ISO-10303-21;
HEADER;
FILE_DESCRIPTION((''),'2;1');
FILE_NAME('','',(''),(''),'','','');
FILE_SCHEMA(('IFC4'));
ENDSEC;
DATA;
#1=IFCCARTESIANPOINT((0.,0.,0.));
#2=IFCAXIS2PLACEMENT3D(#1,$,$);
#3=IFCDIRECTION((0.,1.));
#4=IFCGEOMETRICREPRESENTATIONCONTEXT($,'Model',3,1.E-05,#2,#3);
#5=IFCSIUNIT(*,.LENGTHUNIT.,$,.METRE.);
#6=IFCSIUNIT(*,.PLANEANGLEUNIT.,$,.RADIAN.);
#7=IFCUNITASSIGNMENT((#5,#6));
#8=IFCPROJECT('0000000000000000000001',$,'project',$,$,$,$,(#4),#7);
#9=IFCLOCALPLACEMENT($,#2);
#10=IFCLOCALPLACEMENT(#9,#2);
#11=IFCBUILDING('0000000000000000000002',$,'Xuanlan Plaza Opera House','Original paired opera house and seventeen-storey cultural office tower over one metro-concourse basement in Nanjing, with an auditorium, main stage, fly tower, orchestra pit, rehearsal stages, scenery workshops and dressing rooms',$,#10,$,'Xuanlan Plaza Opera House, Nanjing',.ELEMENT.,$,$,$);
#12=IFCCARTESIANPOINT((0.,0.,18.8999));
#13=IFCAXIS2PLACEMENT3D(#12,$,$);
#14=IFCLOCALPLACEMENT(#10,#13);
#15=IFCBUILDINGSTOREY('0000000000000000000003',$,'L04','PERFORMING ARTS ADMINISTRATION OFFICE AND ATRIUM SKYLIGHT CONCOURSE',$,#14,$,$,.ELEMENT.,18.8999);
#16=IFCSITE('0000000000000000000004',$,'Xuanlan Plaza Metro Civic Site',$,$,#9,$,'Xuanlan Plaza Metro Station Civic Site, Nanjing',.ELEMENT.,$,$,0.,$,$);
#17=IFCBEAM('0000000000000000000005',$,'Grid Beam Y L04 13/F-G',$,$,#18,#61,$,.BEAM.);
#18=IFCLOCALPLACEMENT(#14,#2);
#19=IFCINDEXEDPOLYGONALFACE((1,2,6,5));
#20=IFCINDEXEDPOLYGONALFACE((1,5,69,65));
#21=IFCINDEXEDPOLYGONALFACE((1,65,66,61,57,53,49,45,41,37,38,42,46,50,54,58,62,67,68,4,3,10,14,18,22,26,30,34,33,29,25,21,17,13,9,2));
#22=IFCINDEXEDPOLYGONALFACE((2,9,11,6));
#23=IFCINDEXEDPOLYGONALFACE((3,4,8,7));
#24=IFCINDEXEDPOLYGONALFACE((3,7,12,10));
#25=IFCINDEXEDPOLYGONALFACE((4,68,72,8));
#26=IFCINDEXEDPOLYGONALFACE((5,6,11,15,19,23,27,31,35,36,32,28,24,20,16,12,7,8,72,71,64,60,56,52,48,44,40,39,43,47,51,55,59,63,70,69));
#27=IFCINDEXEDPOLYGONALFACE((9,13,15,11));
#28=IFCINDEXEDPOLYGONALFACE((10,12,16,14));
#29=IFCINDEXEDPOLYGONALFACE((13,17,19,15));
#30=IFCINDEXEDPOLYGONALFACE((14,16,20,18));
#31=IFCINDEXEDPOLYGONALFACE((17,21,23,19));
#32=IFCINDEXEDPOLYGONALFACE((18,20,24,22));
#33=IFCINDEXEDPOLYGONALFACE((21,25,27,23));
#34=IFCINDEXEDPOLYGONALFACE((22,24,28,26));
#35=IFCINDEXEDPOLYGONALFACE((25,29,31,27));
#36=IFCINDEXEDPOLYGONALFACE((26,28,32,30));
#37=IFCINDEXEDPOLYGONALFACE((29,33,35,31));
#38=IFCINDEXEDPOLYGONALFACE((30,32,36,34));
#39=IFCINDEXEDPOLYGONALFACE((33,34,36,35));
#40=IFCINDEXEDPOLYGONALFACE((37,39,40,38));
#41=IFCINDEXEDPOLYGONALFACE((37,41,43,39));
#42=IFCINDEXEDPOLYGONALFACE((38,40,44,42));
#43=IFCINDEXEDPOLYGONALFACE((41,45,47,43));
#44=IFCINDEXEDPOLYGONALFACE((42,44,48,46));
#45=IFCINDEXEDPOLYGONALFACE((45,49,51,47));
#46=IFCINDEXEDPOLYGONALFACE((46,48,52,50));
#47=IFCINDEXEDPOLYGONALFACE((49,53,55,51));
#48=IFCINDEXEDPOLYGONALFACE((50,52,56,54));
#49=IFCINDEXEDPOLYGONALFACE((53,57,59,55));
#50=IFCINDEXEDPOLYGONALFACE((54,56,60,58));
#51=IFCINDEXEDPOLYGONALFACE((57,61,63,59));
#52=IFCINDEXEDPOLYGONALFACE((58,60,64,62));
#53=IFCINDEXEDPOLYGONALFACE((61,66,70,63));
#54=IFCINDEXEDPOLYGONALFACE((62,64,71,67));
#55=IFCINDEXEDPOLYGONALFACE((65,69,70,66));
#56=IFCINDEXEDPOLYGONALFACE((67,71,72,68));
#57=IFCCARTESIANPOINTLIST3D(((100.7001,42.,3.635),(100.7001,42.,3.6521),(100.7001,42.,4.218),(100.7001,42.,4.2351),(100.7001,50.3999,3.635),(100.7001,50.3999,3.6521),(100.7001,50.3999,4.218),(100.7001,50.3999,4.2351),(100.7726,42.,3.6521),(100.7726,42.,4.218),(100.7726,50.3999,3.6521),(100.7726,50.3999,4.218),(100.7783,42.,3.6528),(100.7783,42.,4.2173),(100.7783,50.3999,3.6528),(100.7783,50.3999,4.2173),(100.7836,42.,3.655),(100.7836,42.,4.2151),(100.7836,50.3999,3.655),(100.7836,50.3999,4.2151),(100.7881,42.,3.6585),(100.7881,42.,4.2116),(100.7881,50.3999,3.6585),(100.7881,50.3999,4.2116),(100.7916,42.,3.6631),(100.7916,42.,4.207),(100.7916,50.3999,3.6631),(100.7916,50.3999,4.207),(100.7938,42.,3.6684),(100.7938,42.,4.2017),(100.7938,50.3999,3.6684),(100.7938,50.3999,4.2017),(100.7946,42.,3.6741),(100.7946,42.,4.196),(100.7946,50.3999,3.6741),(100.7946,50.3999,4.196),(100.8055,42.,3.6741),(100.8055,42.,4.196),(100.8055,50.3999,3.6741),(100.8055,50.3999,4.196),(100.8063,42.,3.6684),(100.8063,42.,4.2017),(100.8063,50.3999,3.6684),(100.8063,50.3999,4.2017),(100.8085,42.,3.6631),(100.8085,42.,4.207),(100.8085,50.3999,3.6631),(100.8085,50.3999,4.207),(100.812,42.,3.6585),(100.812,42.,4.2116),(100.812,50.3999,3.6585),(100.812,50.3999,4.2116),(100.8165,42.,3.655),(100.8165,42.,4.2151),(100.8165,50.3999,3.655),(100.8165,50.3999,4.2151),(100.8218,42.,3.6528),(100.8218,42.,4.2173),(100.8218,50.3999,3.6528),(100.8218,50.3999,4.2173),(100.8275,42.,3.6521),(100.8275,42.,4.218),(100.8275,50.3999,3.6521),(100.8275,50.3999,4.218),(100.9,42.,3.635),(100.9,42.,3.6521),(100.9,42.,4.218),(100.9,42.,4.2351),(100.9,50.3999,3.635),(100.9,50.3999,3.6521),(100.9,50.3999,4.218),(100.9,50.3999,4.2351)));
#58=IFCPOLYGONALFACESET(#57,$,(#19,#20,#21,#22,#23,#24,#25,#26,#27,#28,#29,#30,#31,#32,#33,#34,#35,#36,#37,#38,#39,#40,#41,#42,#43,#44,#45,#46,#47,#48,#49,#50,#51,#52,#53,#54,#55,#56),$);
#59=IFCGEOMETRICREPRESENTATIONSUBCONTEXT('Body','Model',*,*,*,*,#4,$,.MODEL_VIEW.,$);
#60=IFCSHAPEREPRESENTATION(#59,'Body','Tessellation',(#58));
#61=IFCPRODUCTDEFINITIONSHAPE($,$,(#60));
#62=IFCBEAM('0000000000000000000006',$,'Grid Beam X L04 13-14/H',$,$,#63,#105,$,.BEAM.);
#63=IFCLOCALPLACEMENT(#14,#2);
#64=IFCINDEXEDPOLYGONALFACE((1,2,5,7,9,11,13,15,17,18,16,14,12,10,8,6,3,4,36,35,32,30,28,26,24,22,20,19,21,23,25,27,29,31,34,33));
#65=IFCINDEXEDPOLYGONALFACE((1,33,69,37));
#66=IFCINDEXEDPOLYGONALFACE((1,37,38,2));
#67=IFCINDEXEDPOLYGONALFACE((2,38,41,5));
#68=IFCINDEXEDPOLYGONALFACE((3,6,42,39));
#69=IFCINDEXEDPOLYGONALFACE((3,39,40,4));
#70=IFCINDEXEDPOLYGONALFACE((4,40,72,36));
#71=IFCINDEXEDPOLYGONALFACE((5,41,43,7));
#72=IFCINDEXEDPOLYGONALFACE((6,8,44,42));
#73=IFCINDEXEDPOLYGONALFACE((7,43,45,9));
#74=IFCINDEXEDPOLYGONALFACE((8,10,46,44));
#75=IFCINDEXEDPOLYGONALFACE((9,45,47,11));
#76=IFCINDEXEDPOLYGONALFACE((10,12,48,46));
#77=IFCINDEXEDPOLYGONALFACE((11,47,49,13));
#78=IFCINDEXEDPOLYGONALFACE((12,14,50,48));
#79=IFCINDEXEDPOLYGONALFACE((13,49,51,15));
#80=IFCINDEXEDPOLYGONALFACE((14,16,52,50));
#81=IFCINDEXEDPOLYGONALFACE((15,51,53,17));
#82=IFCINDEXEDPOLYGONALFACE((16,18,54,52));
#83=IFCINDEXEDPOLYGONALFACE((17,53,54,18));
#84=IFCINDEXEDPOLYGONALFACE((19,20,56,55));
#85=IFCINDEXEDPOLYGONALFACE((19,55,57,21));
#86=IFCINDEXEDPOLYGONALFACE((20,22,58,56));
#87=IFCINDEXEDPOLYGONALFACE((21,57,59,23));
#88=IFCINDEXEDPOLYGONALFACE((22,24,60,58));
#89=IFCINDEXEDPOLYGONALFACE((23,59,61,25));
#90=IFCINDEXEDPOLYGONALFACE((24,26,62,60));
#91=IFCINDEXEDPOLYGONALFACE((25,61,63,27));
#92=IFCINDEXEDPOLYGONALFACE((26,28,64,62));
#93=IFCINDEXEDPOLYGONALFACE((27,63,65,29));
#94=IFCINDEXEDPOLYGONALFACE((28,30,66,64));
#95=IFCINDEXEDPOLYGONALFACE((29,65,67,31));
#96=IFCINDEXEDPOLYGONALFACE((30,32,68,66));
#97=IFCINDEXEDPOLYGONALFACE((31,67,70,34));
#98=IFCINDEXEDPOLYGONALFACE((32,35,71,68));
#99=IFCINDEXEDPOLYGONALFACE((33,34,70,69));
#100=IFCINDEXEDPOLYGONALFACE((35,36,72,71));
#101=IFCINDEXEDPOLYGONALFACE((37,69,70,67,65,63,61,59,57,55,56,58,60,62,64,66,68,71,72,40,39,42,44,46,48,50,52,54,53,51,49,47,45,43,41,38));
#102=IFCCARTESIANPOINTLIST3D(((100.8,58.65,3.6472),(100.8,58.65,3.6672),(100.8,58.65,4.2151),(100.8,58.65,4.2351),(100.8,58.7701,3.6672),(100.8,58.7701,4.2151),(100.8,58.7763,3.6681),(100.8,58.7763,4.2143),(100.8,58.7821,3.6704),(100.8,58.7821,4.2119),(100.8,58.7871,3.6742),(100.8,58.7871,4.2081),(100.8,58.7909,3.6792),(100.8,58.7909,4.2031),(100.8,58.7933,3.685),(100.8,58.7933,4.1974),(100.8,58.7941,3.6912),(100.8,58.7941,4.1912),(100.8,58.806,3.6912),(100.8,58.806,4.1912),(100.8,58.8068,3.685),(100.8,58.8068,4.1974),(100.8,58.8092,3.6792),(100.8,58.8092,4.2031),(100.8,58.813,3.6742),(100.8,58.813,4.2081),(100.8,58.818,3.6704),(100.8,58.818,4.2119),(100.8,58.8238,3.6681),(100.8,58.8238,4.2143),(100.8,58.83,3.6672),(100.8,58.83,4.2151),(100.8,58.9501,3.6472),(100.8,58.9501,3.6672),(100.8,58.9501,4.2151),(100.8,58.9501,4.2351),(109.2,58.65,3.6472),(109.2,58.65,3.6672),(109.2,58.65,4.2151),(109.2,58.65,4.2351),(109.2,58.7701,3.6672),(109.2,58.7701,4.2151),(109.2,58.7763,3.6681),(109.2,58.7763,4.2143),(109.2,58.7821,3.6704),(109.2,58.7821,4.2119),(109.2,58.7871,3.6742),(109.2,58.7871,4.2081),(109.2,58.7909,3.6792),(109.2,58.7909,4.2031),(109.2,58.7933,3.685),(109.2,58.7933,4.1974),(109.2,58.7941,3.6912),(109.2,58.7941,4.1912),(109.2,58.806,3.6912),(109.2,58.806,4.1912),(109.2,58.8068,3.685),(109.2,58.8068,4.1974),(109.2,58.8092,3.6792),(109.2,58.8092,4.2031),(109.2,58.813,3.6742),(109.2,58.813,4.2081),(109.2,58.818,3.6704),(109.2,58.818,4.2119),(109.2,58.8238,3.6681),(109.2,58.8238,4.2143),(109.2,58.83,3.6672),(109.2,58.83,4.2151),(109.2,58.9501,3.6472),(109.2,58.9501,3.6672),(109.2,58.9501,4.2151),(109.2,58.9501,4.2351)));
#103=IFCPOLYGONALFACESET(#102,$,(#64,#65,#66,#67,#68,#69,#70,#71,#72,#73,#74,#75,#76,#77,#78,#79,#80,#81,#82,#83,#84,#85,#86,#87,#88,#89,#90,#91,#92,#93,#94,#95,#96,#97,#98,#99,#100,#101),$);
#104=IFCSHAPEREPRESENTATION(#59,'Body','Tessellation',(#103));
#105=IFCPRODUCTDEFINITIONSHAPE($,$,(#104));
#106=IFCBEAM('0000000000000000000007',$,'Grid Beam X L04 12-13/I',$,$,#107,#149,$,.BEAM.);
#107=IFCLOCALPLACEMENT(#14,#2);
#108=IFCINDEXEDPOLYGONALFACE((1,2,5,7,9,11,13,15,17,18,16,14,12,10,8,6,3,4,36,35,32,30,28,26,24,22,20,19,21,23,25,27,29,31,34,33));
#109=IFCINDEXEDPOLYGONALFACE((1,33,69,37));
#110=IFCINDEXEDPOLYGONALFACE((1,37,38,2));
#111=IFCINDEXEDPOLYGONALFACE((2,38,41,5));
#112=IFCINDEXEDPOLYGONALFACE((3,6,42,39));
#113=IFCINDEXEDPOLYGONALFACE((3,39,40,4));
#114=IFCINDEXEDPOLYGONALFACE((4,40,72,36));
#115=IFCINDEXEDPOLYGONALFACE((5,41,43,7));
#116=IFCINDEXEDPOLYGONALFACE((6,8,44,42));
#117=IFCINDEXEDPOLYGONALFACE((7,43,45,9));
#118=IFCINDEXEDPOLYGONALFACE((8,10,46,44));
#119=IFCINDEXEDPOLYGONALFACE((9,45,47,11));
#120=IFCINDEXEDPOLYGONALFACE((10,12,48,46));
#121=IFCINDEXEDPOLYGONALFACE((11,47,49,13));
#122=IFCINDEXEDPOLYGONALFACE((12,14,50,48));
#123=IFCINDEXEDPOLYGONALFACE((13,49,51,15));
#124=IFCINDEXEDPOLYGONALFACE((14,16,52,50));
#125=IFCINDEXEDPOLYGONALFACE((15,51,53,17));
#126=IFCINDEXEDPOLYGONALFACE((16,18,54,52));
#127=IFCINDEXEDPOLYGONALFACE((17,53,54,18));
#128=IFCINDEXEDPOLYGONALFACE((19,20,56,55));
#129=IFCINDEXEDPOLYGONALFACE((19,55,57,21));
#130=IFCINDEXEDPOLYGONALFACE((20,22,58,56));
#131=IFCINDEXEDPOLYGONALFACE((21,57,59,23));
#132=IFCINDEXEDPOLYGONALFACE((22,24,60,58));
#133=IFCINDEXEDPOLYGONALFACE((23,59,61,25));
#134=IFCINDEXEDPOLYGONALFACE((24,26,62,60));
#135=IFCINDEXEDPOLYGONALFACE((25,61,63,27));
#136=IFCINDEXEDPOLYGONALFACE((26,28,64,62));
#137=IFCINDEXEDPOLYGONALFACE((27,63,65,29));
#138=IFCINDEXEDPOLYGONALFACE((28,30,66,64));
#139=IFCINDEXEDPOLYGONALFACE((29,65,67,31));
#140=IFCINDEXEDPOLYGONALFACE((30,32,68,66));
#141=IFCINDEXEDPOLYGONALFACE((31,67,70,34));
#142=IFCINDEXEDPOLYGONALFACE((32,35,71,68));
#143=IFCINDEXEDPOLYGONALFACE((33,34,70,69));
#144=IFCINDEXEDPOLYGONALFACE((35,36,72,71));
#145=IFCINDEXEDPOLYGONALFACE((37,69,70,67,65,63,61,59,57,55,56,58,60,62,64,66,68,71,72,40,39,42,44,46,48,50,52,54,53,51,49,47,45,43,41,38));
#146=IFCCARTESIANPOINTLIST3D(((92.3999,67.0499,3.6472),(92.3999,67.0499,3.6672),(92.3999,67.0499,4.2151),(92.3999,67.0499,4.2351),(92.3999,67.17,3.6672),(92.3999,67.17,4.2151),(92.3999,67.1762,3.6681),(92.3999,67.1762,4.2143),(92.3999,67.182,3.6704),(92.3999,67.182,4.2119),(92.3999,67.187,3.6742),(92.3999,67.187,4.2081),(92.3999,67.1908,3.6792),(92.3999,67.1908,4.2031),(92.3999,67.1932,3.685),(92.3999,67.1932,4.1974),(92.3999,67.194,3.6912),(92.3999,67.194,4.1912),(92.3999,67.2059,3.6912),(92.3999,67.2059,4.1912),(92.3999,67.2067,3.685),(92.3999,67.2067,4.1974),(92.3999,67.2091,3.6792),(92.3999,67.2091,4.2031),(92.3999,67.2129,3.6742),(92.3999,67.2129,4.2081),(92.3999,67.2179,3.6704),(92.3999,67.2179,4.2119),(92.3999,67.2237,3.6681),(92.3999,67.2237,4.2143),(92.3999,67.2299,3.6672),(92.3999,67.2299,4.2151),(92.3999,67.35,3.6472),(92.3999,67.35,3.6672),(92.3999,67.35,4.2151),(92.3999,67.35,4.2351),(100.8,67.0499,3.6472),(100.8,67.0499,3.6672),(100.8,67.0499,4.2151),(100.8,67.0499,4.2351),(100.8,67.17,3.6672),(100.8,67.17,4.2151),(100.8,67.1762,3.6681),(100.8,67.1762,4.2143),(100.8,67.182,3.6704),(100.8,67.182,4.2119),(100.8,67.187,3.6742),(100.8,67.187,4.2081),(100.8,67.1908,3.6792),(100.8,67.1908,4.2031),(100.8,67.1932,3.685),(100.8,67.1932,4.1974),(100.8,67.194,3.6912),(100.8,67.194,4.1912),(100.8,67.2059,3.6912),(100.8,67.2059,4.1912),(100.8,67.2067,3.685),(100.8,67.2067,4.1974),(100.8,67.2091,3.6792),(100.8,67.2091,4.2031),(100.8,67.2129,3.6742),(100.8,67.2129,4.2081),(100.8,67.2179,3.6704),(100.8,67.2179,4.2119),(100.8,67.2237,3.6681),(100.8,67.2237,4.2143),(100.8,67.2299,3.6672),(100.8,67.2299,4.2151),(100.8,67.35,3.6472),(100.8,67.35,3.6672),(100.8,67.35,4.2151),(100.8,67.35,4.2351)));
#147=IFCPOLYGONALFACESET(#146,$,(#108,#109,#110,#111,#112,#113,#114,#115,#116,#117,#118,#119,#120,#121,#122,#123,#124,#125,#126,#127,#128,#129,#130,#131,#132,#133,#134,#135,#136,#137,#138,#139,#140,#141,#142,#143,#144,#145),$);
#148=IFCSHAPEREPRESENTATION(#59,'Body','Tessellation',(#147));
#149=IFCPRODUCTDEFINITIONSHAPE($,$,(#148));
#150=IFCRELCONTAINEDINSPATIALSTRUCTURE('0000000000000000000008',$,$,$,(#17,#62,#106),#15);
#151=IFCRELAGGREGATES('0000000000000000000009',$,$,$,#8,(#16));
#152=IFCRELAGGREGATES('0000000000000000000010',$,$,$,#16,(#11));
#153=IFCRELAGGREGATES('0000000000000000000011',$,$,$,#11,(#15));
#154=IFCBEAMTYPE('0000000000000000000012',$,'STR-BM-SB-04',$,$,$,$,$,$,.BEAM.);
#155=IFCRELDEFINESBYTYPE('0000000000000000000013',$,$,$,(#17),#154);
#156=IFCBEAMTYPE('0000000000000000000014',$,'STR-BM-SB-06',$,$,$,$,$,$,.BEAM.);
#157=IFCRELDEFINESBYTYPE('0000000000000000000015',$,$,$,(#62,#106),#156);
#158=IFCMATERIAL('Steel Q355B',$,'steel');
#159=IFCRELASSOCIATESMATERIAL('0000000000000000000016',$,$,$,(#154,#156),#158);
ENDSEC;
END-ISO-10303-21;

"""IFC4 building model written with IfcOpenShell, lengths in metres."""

from ifc_helpers import new_model, si_unit, direction, frame, origin, origin_2d, place, context, subcontext, project, spatial, i_section, extrude, material, material_profile, profile_set, type_object, element, save


model = new_model("IFC4")

# Units and contexts
model_context = context("Model", 3, precision=1e-05, world=origin(), true_north=direction((0.0, 1.0)))
body_context = subcontext(model_context, "Body", "Model", "MODEL_VIEW")
ifc_project = project(units=[si_unit("LENGTHUNIT", "METRE"), si_unit("PLANEANGLEUNIT", "RADIAN")], contexts=[model_context])

# Site, building, storey
site_placement = place(None, origin())
site = spatial("IfcSite", under=ifc_project, at=site_placement, Name="Xuanlan Plaza Metro Civic Site", LongName="Xuanlan Plaza Metro Station Civic Site, Nanjing", CompositionType="ELEMENT", RefElevation=0.0)
building_placement = place(site_placement, origin())
building = spatial("IfcBuilding", under=site, at=building_placement, Name="Xuanlan Plaza Opera House", Description="Original paired opera house and seventeen-storey cultural office tower over one metro-concourse basement in Nanjing, with an auditorium, main stage, fly tower, orchestra pit, rehearsal stages, scenery workshops and dressing rooms", LongName="Xuanlan Plaza Opera House, Nanjing", CompositionType="ELEMENT")
storey_placement = place(building_placement, frame((0.0, 0.0, 18.8999)))
storey = spatial("IfcBuildingStorey", under=building, at=storey_placement, Name="L04", Description="PERFORMING ARTS ADMINISTRATION OFFICE AND ATRIUM SKYLIGHT CONCOURSE", CompositionType="ELEMENT", Elevation=18.8999)

# Beams
ifc_material_1 = material(Name="Steel Q355B", Category="steel")
ifc_material_profile_1 = material_profile(ifc_material_1, i_section(OverallWidth=0.2, OverallDepth=0.6001, WebThickness=0.011, FlangeThickness=0.0171, FilletRadius=0.022, at=origin_2d()), Name="HN 600x200x11x17")
ifc_profile_set_1 = profile_set([ifc_material_profile_1], Name="Steel Q355B")
beam_type_1 = type_object("IfcBeamType", Name="STR-BM-SB-04", PredefinedType="BEAM", material=ifc_profile_set_1)
beam_1_placement = place(storey_placement, frame((100.8, 42.0, 3.9351), z_axis=(0.0, 1.0, 0.0), x_axis=(-1.0, 0.0, 0.0)))
element("IfcBeam", 1, at=beam_1_placement, inside=storey, type_object=beam_type_1, Name="Grid Beam Y L04 13/F-G", PredefinedType="BEAM", context=body_context, shape_type="SweptSolid", body=[
    extrude(i_section(OverallWidth=0.2, OverallDepth=0.6001, WebThickness=0.011, FlangeThickness=0.0171, FilletRadius=0.022, at=origin_2d()), origin(), (0.0, 0.0, 1.0), 8.3999),
])
ifc_material_profile_2 = material_profile(ifc_material_1, i_section(OverallWidth=0.3, OverallDepth=0.5879, WebThickness=0.012, FlangeThickness=0.02, FilletRadius=0.0239, at=origin_2d()), Name="HM 588x300x12x20")
ifc_profile_set_2 = profile_set([ifc_material_profile_2], Name="Steel Q355B")
beam_type_2 = type_object("IfcBeamType", Name="STR-BM-SB-06", PredefinedType="BEAM", material=ifc_profile_set_2)
beam_2_placement = place(storey_placement, frame((100.8, 58.8, 3.9412), z_axis=(1.0, 0.0, 0.0), x_axis=(0.0, 1.0, 0.0)))
element("IfcBeam", 2, at=beam_2_placement, inside=storey, type_object=beam_type_2, Name="Grid Beam X L04 13-14/H", PredefinedType="BEAM", context=body_context, shape_type="SweptSolid", body=[
    extrude(i_section(OverallWidth=0.3, OverallDepth=0.5879, WebThickness=0.012, FlangeThickness=0.02, FilletRadius=0.0239, at=origin_2d()), origin(), (0.0, 0.0, 1.0), 8.3999),
])
beam_3_placement = place(storey_placement, frame((92.3999, 67.2, 3.9412), z_axis=(1.0, 0.0, 0.0), x_axis=(0.0, 1.0, 0.0)))
element("IfcBeam", 3, at=beam_3_placement, inside=storey, type_object=beam_type_2, Name="Grid Beam X L04 12-13/I", PredefinedType="BEAM", context=body_context, shape_type="SweptSolid", body=[
    extrude(i_section(OverallWidth=0.3, OverallDepth=0.5879, WebThickness=0.012, FlangeThickness=0.02, FilletRadius=0.0239, at=origin_2d()), origin(), (0.0, 0.0, 1.0), 8.4001),
])

save(model, "model.ifc")
